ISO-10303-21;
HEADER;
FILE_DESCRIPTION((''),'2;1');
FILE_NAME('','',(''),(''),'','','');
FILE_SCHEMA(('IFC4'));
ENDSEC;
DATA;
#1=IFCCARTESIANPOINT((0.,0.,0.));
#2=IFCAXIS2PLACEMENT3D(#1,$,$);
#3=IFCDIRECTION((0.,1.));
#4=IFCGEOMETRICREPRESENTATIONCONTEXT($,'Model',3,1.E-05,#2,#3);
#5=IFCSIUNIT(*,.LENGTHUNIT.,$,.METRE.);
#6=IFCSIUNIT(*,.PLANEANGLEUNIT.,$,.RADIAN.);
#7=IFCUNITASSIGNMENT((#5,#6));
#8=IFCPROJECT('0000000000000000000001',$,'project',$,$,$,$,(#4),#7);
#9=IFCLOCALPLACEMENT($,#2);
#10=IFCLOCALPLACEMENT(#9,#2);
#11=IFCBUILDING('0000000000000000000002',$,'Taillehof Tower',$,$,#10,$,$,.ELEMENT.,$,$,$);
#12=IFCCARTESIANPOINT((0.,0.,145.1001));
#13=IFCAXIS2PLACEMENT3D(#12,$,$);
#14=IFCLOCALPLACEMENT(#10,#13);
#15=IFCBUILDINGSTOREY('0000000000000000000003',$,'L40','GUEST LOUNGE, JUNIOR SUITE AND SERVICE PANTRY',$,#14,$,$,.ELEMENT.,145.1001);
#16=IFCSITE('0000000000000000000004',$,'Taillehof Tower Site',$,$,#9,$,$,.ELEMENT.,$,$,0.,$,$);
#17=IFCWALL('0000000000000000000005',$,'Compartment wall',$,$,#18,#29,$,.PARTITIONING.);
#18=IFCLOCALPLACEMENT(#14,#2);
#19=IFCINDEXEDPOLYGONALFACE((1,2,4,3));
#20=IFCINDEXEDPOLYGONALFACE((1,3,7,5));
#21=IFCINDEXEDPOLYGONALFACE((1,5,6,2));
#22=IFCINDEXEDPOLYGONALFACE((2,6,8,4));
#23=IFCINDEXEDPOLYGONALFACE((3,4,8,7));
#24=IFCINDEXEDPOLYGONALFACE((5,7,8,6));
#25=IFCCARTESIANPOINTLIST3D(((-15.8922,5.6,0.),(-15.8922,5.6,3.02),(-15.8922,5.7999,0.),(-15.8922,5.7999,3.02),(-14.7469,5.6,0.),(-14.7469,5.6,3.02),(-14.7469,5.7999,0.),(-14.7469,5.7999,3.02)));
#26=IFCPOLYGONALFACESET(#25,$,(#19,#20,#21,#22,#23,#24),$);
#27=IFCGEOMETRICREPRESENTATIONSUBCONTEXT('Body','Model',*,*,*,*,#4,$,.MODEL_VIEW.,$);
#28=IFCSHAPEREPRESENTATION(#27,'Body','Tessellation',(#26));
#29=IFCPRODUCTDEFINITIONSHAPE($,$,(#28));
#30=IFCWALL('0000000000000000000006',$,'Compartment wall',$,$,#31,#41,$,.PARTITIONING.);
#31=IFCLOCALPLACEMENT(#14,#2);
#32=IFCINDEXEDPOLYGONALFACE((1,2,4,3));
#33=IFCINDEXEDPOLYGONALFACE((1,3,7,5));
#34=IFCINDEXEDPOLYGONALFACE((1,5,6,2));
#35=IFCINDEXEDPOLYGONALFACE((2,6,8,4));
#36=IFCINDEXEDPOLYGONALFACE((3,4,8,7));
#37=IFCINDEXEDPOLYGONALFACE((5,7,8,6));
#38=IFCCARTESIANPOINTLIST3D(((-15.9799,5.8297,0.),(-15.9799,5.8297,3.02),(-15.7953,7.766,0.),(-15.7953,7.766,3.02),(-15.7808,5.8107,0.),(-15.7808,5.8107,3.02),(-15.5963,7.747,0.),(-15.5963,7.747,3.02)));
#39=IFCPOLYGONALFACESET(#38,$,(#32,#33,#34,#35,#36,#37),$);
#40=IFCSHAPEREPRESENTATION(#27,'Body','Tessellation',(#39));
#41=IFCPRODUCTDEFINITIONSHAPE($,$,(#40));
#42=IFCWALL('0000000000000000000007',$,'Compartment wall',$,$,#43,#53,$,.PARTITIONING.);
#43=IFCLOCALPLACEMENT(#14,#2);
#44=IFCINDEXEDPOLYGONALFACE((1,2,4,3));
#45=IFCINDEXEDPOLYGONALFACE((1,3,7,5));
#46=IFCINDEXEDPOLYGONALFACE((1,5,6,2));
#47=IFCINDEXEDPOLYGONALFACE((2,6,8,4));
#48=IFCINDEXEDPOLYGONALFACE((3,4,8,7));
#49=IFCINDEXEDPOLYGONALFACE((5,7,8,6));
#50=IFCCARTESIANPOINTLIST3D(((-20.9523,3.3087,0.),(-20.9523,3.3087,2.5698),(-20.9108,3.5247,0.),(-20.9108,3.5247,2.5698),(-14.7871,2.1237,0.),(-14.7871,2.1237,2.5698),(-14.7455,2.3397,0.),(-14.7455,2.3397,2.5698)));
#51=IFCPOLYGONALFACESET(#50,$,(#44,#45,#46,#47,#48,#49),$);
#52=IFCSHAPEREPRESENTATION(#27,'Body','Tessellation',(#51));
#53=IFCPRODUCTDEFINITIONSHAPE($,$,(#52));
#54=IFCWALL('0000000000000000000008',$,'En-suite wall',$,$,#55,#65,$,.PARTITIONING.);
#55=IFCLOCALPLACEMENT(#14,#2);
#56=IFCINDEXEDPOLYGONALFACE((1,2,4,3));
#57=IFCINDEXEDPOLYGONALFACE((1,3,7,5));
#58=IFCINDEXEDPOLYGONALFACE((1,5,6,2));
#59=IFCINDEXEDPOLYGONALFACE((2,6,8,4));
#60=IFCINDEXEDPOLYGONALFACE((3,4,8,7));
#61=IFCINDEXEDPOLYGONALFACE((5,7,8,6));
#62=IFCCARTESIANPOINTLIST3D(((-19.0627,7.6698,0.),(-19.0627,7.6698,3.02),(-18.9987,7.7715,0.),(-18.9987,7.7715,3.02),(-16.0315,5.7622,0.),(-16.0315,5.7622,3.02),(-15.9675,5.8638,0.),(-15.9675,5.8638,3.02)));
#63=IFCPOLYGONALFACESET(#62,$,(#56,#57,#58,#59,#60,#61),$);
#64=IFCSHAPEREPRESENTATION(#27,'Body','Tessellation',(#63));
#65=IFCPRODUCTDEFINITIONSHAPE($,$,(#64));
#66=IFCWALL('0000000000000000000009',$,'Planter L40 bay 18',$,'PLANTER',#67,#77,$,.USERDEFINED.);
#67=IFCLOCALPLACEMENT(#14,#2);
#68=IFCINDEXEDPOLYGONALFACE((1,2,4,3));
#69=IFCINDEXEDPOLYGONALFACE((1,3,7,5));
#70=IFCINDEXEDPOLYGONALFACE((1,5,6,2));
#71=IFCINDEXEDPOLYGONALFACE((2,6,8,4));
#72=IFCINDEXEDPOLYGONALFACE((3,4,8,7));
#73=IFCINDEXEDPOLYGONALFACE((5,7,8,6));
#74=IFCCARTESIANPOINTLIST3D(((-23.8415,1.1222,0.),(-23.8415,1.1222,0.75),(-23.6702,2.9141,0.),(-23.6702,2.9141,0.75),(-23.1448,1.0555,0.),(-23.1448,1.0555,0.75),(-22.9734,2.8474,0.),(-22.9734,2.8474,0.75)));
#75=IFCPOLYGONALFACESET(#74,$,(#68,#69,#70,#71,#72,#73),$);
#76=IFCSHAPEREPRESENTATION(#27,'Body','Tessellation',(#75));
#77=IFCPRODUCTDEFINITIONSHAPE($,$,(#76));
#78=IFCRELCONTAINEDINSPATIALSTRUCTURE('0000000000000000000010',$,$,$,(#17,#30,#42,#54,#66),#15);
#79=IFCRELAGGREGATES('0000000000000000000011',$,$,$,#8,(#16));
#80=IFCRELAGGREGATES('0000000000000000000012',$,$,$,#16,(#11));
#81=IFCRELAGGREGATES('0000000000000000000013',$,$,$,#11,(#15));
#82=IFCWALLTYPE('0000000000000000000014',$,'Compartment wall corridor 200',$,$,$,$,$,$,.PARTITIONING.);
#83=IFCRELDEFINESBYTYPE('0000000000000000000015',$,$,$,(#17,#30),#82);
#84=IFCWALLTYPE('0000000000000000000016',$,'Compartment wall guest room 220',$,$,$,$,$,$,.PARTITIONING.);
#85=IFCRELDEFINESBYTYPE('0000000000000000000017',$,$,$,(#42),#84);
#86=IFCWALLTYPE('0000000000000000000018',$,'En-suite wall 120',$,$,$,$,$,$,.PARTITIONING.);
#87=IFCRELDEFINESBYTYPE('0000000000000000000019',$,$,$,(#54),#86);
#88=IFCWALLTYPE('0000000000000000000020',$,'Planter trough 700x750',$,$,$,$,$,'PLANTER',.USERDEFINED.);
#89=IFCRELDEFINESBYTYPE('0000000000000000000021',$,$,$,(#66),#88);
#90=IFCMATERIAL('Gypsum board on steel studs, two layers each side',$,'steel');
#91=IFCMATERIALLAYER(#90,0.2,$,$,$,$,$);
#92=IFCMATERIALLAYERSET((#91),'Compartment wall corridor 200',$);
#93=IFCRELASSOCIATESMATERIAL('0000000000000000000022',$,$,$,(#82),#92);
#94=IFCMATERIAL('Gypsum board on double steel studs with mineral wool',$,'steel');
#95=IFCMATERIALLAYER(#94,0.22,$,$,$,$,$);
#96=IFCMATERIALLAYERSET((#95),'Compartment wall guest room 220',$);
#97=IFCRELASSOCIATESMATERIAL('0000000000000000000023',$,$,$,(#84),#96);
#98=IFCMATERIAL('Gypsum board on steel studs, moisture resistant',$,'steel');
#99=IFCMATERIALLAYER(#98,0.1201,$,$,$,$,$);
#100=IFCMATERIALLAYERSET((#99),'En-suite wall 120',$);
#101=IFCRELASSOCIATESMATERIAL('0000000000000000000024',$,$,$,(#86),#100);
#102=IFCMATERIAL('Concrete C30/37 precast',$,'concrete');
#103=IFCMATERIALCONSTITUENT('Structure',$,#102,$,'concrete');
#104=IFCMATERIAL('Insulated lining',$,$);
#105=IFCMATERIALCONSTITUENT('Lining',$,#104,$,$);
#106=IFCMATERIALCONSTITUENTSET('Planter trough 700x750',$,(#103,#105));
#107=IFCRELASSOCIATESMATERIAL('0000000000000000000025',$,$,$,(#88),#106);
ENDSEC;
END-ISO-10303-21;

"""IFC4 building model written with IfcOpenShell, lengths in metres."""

from ifc_helpers import new_model, si_unit, direction, frame, frame_2d, origin, place, context, subcontext, project, spatial, rectangle, extrude, material, layer, layer_set, constituent, constituent_set, type_object, element, save


model = new_model("IFC4")

# Units and contexts
model_context = context("Model", 3, precision=1e-05, world=origin(), true_north=direction((0.0, 1.0)))
body_context = subcontext(model_context, "Body", "Model", "MODEL_VIEW")
ifc_project = project(units=[si_unit("LENGTHUNIT", "METRE"), si_unit("PLANEANGLEUNIT", "RADIAN")], contexts=[model_context])

# Site, building, storey
site_placement = place(None, origin())
site = spatial("IfcSite", under=ifc_project, at=site_placement, Name="Taillehof Tower Site", CompositionType="ELEMENT", RefElevation=0.0)
building_placement = place(site_placement, origin())
building = spatial("IfcBuilding", under=site, at=building_placement, Name="Taillehof Tower", CompositionType="ELEMENT")
storey_placement = place(building_placement, frame((0.0, 0.0, 145.1001)))
storey = spatial("IfcBuildingStorey", under=building, at=storey_placement, Name="L40", Description="GUEST LOUNGE, JUNIOR SUITE AND SERVICE PANTRY", CompositionType="ELEMENT", Elevation=145.1001)

# Walls
ifc_material_1 = material(Name="Gypsum board on steel studs, two layers each side", Category="steel")
ifc_layer_1 = layer(ifc_material_1, 0.2)
ifc_layer_set_1 = layer_set([ifc_layer_1], Name="Compartment wall corridor 200")
wall_type_1 = type_object("IfcWallType", Name="Compartment wall corridor 200", PredefinedType="PARTITIONING", material=ifc_layer_set_1)
wall_1_placement = place(storey_placement, frame((-14.7468, 5.7, 0.0), z_axis=(0.0, 0.0, 1.0), x_axis=(-1.0, 0.0, 0.0)))
element("IfcWall", 1, at=wall_1_placement, inside=storey, type_object=wall_type_1, Name="Compartment wall", PredefinedType="PARTITIONING", context=body_context, shape_type="SweptSolid", body=[
    extrude(rectangle(XDim=1.1453, YDim=0.2, at=frame_2d((0.5728, 0.0))), origin(), (0.0, 0.0, 1.0), 3.02),
])
wall_2_placement = place(storey_placement, frame((-15.8804, 5.8201, 0.0), z_axis=(0.0, 0.0, 1.0), x_axis=(0.094892, 0.995488, 0.0)))
element("IfcWall", 2, at=wall_2_placement, inside=storey, type_object=wall_type_1, Name="Compartment wall", PredefinedType="PARTITIONING", context=body_context, shape_type="SweptSolid", body=[
    extrude(rectangle(XDim=1.9451, YDim=0.2, at=frame_2d((0.9727, 0.0))), origin(), (0.0, 0.0, 1.0), 3.02),
])
ifc_material_2 = material(Name="Gypsum board on double steel studs with mineral wool", Category="steel")
ifc_layer_2 = layer(ifc_material_2, 0.22)
ifc_layer_set_2 = layer_set([ifc_layer_2], Name="Compartment wall guest room 220")
wall_type_2 = type_object("IfcWallType", Name="Compartment wall guest room 220", PredefinedType="PARTITIONING", material=ifc_layer_set_2)
wall_3_placement = place(storey_placement, frame((-20.9316, 3.4167, 0.0), z_axis=(0.0, 0.0, 1.0), x_axis=(0.982023, -0.188759, 0.0)))
element("IfcWall", 3, at=wall_3_placement, inside=storey, type_object=wall_type_2, Name="Compartment wall", PredefinedType="PARTITIONING", context=body_context, shape_type="SweptSolid", body=[
    extrude(rectangle(XDim=6.2781, YDim=0.22, at=frame_2d((3.1392, 0.0))), origin(), (0.0, 0.0, 1.0), 2.5698),
])
ifc_material_3 = material(Name="Gypsum board on steel studs, moisture resistant", Category="steel")
ifc_layer_3 = layer(ifc_material_3, 0.1201)
ifc_layer_set_3 = layer_set([ifc_layer_3], Name="En-suite wall 120")
wall_type_3 = type_object("IfcWallType", Name="En-suite wall 120", PredefinedType="PARTITIONING", material=ifc_layer_set_3)
wall_4_placement = place(storey_placement, frame((-15.9995, 5.813, 0.0), z_axis=(0.0, 0.0, 1.0), x_axis=(-0.84634, 0.532643, 0.0)))
element("IfcWall", 4, at=wall_4_placement, inside=storey, type_object=wall_type_3, Name="En-suite wall", PredefinedType="PARTITIONING", context=body_context, shape_type="SweptSolid", body=[
    extrude(rectangle(XDim=3.5815, YDim=0.1201, at=frame_2d((1.7908, 0.0))), origin(), (0.0, 0.0, 1.0), 3.02),
])
ifc_material_4 = material(Name="Concrete C30/37 precast", Category="concrete")
ifc_constituent_1 = constituent(ifc_material_4, Name="Structure", Category="concrete")
ifc_material_5 = material(Name="Insulated lining")
ifc_constituent_2 = constituent(ifc_material_5, Name="Lining")
ifc_constituent_set = constituent_set(constituents=[ifc_constituent_1, ifc_constituent_2], Name="Planter trough 700x750")
wall_type_4 = type_object("IfcWallType", Name="Planter trough 700x750", ElementType="PLANTER", PredefinedType="USERDEFINED", material=ifc_constituent_set)
wall_5_placement = place(storey_placement, frame((-23.3218, 2.8806, 0.0), z_axis=(0.0, 0.0, 1.0), x_axis=(-0.095206, -0.995458, 0.0)))
element("IfcWall", 5, at=wall_5_placement, inside=storey, type_object=wall_type_4, Name="Planter L40 bay 18", ObjectType="PLANTER", PredefinedType="USERDEFINED", context=body_context, shape_type="SweptSolid", body=[
    extrude(rectangle(XDim=1.8, YDim=0.7, at=frame_2d((0.8999, 0.0))), origin(), (0.0, 0.0, 1.0), 0.75),
])

save(model, "model.ifc")
